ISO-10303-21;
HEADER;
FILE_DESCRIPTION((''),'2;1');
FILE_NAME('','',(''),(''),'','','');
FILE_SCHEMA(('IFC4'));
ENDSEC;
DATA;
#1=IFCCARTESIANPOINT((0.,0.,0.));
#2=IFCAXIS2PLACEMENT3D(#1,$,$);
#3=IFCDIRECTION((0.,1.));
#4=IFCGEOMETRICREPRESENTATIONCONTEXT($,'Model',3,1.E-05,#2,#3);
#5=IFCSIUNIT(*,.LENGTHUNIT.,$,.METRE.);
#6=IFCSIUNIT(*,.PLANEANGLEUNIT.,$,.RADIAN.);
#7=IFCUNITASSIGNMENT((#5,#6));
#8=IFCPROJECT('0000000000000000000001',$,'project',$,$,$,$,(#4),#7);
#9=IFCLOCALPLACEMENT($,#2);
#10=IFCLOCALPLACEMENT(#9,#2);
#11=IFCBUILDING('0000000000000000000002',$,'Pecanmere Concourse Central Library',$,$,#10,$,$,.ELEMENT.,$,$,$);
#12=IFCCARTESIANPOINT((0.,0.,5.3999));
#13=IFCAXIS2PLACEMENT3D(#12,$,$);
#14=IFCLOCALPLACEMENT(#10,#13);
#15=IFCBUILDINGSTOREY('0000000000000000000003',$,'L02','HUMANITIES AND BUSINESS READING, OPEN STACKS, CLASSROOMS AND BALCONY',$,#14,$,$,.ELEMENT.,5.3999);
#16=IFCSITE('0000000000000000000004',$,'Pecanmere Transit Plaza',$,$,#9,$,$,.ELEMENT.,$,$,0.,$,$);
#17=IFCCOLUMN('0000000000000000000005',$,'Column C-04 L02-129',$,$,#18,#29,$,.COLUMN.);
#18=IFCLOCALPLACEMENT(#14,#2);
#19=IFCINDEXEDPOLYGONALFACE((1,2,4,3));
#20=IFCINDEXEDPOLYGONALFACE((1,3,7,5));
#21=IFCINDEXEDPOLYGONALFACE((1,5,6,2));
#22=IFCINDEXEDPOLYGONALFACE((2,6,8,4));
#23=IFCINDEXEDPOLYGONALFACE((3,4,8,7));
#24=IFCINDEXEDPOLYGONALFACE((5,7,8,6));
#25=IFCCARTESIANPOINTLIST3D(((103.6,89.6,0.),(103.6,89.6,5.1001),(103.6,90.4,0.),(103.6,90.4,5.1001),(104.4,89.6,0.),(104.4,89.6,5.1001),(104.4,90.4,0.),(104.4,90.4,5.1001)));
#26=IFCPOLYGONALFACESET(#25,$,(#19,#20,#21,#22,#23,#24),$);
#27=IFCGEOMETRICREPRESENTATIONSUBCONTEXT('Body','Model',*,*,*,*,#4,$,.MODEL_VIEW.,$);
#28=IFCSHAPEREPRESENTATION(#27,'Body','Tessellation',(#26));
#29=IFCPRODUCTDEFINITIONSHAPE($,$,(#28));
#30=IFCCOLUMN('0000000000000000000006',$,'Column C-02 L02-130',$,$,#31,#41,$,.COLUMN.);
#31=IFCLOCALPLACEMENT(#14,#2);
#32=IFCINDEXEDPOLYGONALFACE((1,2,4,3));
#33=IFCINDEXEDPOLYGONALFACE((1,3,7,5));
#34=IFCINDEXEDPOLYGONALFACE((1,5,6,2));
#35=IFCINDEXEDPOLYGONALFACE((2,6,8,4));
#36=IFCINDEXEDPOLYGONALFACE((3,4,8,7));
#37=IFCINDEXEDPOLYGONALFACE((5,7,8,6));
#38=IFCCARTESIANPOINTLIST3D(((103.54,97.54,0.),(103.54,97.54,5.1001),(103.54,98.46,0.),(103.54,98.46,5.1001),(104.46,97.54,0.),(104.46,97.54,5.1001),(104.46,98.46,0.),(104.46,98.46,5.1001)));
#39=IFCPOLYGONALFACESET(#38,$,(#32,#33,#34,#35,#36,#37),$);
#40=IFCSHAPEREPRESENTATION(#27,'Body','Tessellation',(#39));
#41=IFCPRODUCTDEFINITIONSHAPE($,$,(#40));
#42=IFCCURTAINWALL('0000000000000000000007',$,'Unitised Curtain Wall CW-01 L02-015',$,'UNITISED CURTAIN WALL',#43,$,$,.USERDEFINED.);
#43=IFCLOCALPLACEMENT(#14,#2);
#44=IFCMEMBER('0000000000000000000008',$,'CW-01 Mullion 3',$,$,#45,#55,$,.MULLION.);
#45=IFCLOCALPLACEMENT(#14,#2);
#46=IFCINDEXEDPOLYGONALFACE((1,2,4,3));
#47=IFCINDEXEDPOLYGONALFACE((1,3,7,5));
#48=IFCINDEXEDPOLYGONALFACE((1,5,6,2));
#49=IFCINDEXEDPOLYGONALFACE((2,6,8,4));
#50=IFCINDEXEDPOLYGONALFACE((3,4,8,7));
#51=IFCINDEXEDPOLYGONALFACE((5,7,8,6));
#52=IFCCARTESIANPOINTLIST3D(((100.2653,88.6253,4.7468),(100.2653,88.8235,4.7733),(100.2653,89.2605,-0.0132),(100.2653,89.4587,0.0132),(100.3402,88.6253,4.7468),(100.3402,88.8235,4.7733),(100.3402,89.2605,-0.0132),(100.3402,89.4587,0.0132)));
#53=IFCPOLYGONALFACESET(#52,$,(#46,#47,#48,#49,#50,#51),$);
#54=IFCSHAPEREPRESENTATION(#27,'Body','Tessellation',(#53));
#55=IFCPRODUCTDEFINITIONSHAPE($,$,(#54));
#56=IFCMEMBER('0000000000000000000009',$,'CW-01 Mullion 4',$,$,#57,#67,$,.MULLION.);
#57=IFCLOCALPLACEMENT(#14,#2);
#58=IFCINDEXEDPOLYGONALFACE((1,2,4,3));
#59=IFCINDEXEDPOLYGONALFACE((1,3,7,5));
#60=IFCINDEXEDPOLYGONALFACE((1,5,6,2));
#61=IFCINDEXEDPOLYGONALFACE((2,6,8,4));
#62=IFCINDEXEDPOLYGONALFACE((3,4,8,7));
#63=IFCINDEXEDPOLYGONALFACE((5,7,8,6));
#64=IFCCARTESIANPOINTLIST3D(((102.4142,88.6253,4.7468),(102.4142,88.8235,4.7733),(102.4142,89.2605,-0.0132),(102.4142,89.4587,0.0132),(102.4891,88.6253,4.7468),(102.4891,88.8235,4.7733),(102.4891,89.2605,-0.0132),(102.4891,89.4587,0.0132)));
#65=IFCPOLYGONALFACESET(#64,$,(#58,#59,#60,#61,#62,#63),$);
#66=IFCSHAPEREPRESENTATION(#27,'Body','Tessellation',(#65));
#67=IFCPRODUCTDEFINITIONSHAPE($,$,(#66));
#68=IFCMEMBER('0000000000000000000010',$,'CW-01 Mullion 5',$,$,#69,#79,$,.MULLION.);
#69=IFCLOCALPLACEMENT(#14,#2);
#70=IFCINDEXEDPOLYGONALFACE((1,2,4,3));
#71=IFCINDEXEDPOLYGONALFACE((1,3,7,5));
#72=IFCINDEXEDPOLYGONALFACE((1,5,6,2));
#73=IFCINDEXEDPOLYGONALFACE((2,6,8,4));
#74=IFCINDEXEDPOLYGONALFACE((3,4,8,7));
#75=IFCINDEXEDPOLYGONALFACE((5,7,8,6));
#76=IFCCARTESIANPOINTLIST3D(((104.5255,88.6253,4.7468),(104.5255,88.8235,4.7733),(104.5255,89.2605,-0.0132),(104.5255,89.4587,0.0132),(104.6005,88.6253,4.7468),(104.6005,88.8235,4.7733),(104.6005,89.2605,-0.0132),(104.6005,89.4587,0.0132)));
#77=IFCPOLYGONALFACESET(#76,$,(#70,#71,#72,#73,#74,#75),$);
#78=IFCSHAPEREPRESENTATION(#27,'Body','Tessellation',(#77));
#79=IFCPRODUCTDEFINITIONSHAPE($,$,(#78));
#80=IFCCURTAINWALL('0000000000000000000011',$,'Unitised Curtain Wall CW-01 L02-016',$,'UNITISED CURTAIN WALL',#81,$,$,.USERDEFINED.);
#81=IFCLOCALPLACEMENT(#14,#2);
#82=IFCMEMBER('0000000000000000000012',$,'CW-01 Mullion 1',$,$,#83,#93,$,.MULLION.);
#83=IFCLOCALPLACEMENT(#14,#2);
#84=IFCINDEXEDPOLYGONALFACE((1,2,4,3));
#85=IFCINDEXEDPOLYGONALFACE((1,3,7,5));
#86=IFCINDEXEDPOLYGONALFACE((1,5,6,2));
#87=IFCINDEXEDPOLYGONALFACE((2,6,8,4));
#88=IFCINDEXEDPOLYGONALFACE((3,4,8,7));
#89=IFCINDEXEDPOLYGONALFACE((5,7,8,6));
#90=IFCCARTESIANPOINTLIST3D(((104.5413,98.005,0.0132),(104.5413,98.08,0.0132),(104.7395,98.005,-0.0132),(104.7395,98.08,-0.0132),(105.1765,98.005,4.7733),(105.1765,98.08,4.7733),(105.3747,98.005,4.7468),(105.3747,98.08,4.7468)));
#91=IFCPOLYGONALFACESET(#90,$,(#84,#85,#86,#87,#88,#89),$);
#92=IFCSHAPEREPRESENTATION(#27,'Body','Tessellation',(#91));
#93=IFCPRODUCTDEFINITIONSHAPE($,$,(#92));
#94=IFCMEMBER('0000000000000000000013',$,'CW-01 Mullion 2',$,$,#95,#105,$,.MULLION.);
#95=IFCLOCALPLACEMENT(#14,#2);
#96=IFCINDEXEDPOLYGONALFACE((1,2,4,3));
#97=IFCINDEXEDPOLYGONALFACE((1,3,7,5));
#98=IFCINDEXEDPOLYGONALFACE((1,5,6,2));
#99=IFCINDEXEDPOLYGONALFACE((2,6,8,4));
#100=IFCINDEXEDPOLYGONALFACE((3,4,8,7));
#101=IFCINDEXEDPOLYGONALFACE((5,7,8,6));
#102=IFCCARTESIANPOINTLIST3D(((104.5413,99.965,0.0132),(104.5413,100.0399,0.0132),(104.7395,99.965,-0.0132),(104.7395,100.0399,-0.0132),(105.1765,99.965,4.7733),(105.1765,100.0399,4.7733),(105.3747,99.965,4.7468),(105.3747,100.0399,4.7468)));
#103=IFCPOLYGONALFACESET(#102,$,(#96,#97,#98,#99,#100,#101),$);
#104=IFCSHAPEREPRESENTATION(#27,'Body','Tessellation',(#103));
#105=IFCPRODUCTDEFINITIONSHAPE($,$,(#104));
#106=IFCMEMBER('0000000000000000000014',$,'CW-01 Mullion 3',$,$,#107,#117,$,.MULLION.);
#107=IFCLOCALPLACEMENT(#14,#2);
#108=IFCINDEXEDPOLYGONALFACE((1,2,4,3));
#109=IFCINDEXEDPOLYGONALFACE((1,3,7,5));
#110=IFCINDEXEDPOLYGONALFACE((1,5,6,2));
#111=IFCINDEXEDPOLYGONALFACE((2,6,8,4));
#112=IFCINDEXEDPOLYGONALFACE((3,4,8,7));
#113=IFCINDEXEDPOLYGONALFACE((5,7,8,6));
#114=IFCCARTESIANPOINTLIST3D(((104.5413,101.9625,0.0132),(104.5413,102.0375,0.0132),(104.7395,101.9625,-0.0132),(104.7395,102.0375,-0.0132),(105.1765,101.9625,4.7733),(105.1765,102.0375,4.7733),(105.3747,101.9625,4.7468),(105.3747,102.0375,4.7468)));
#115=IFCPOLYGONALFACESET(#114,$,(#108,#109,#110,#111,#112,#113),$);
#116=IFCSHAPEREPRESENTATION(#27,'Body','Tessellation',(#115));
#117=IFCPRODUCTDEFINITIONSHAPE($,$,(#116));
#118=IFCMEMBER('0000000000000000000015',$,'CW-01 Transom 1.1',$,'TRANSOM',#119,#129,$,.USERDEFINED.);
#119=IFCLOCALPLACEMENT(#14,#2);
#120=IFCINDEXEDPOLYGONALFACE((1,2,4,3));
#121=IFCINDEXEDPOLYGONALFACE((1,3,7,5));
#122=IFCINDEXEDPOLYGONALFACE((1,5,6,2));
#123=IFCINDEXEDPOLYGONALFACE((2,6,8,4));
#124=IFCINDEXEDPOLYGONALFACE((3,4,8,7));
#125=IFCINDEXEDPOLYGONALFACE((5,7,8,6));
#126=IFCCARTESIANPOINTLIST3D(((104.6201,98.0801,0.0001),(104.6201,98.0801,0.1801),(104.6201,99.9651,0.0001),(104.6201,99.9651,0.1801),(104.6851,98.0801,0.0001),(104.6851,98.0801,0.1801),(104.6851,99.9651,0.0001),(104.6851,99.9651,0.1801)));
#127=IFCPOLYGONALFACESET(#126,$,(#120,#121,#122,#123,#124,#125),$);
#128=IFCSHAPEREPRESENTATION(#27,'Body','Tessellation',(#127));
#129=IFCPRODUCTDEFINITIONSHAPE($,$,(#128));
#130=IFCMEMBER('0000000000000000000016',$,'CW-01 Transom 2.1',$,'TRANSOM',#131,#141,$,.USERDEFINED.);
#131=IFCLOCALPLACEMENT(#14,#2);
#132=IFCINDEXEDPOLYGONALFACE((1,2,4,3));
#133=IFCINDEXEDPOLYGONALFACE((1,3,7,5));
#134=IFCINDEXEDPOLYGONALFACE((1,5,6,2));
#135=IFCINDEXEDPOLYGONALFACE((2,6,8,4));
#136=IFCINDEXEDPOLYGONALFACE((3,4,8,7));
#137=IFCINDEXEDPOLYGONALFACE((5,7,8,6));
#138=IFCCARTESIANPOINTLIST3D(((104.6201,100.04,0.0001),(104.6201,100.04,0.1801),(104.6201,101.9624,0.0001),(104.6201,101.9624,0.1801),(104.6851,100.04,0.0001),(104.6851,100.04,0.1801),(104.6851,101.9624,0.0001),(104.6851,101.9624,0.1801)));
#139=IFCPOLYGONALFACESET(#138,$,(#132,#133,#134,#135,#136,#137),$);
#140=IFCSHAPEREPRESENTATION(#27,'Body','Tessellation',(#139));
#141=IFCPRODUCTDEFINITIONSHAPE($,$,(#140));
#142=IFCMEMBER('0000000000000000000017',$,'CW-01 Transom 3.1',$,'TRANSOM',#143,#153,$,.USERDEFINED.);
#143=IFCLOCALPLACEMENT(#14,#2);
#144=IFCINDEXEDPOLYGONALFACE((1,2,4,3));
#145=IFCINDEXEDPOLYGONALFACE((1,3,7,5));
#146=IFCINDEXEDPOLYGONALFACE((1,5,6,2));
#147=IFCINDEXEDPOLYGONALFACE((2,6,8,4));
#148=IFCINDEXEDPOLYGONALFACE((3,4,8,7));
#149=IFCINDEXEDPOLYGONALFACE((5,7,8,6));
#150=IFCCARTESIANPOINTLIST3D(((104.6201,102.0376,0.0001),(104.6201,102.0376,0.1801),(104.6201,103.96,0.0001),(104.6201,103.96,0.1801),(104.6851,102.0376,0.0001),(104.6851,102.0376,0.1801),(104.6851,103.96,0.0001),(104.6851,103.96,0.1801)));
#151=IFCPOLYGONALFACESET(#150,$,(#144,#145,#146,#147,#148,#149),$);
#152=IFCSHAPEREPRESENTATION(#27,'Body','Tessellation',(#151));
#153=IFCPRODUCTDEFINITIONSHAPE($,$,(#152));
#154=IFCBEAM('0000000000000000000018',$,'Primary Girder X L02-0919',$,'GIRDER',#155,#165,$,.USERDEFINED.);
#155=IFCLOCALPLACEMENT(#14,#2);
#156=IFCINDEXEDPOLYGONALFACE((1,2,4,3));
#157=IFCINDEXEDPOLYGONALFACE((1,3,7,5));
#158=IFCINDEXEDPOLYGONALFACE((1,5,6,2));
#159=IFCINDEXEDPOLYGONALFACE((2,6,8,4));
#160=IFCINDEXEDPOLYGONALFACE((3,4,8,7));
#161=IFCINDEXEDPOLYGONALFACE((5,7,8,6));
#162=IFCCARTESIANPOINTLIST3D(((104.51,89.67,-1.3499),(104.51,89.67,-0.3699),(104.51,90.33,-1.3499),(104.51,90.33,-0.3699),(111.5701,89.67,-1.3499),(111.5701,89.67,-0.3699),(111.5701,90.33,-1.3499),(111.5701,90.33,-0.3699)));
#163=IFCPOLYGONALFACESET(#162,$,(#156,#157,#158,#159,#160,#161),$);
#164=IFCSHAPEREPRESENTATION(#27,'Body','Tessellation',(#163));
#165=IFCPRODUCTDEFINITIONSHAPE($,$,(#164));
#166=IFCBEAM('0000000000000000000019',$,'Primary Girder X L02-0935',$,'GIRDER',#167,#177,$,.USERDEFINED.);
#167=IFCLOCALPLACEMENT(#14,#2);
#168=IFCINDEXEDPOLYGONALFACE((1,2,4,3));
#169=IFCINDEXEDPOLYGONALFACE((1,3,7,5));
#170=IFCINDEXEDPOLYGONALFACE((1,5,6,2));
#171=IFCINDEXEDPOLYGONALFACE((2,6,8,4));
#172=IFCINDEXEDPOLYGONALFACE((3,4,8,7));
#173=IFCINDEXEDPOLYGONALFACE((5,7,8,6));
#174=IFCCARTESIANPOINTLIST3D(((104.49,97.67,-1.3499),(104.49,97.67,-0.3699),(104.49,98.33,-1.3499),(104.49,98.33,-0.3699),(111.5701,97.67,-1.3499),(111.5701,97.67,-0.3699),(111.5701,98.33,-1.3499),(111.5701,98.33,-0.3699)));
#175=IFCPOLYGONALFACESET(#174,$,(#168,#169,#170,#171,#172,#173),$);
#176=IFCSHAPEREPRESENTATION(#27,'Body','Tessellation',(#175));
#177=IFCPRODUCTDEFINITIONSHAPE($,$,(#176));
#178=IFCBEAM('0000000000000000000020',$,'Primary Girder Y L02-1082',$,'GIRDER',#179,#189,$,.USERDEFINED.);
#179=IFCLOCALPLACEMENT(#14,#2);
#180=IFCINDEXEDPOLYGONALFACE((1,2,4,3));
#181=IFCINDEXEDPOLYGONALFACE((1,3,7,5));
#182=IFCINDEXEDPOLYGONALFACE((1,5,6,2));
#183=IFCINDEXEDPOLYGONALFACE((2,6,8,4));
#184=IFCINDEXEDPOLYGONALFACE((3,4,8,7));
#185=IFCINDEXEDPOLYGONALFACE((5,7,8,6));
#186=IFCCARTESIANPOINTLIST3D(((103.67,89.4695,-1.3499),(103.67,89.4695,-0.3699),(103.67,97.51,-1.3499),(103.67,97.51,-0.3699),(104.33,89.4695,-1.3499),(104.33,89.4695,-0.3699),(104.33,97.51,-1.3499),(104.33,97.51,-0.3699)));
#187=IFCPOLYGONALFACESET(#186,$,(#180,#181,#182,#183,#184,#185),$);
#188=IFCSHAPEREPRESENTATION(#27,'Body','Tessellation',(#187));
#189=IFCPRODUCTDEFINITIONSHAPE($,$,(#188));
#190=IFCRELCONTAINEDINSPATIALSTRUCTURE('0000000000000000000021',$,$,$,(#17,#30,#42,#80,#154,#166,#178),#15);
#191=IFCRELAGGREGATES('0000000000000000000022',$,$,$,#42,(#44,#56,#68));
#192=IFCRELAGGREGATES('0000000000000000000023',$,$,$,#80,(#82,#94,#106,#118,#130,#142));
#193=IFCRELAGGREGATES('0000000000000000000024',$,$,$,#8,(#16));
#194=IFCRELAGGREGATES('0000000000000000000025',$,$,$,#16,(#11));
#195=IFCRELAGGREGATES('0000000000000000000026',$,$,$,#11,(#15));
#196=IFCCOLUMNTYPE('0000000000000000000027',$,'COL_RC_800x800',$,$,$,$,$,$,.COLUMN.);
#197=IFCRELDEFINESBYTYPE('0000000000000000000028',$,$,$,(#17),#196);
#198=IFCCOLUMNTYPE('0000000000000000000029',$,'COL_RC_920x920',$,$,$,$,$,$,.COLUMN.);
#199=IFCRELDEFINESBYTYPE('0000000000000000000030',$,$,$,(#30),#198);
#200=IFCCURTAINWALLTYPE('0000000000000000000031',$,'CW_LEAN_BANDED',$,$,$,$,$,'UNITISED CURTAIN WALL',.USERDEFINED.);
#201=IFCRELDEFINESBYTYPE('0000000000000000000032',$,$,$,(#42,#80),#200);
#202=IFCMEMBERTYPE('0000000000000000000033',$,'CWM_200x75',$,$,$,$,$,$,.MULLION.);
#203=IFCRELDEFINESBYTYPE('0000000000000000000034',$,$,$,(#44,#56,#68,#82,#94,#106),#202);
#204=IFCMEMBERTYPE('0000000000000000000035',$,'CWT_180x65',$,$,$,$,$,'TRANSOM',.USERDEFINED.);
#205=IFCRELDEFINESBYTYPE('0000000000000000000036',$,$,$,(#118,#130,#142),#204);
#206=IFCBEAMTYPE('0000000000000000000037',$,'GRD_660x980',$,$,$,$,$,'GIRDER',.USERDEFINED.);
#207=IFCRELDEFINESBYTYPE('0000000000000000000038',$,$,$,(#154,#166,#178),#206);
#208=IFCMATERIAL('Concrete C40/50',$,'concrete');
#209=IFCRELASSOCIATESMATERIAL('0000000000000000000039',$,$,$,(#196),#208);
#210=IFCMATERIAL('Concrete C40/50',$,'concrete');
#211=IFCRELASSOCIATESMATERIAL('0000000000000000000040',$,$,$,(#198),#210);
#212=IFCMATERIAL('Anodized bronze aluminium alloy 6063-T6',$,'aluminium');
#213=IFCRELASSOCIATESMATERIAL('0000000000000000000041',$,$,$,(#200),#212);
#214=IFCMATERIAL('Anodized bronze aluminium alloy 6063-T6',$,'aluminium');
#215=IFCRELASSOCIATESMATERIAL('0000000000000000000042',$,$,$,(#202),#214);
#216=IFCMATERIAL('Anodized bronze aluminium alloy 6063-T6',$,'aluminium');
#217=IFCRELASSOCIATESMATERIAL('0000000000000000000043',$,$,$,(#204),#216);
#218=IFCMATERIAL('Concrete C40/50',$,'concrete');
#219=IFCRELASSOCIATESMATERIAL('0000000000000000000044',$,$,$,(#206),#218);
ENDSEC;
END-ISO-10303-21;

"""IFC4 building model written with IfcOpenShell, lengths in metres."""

from ifc_helpers import new_model, si_unit, direction, frame, origin, origin_2d, place, context, subcontext, project, spatial, rectangle, extrude, material, material_profile, profile_set, type_object, element, aggregate, save


model = new_model("IFC4")

# Units and contexts
model_context = context("Model", 3, precision=1e-05, world=origin(), true_north=direction((0.0, 1.0)))
body_context = subcontext(model_context, "Body", "Model", "MODEL_VIEW")
ifc_project = project(units=[si_unit("LENGTHUNIT", "METRE"), si_unit("PLANEANGLEUNIT", "RADIAN")], contexts=[model_context])

# Site, building, storey
site_placement = place(None, origin())
site = spatial("IfcSite", under=ifc_project, at=site_placement, Name="Pecanmere Transit Plaza", CompositionType="ELEMENT", RefElevation=0.0)
building_placement = place(site_placement, origin())
building = spatial("IfcBuilding", under=site, at=building_placement, Name="Pecanmere Concourse Central Library", CompositionType="ELEMENT")
storey_placement = place(building_placement, frame((0.0, 0.0, 5.3999)))
storey = spatial("IfcBuildingStorey", under=building, at=storey_placement, Name="L02", Description="HUMANITIES AND BUSINESS READING, OPEN STACKS, CLASSROOMS AND BALCONY", CompositionType="ELEMENT", Elevation=5.3999)

# Columns
ifc_material_1 = material(Name="Concrete C40/50", Category="concrete")
ifc_material_profile_1 = material_profile(ifc_material_1, rectangle(XDim=0.8, YDim=0.8, at=origin_2d()), Name="RC 800x800")
ifc_profile_set_1 = profile_set([ifc_material_profile_1], Name="Concrete C40/50")
column_type_1 = type_object("IfcColumnType", Name="COL_RC_800x800", PredefinedType="COLUMN", material=ifc_profile_set_1)
column_1_placement = place(storey_placement, frame((104.0, 90.0, 0.0), z_axis=(0.0, 0.0, 1.0), x_axis=(1.0, 0.0, 0.0)))
element("IfcColumn", 1, at=column_1_placement, inside=storey, type_object=column_type_1, Name="Column C-04 L02-129", PredefinedType="COLUMN", context=body_context, shape_type="SweptSolid", body=[
    extrude(rectangle(XDim=0.8, YDim=0.8, at=origin_2d()), origin(), (0.0, 0.0, 1.0), 5.1001),
])
ifc_material_2 = material(Name="Concrete C40/50", Category="concrete")
ifc_material_profile_2 = material_profile(ifc_material_2, rectangle(XDim=0.9199, YDim=0.9199, at=origin_2d()), Name="RC 920x920")
ifc_profile_set_2 = profile_set([ifc_material_profile_2], Name="Concrete C40/50")
column_type_2 = type_object("IfcColumnType", Name="COL_RC_920x920", PredefinedType="COLUMN", material=ifc_profile_set_2)
column_2_placement = place(storey_placement, frame((104.0, 98.0, 0.0), z_axis=(0.0, 0.0, 1.0), x_axis=(1.0, 0.0, 0.0)))
element("IfcColumn", 2, at=column_2_placement, inside=storey, type_object=column_type_2, Name="Column C-02 L02-130", PredefinedType="COLUMN", context=body_context, shape_type="SweptSolid", body=[
    extrude(rectangle(XDim=0.9199, YDim=0.9199, at=origin_2d()), origin(), (0.0, 0.0, 1.0), 5.1001),
])

# Curtain walls, members
ifc_material_3 = material(Name="Anodized bronze aluminium alloy 6063-T6", Category="aluminium")
curtain_wall_type = type_object("IfcCurtainWallType", Name="CW_LEAN_BANDED", ElementType="UNITISED CURTAIN WALL", PredefinedType="USERDEFINED", material=ifc_material_3)
curtain_wall_1_placement = place(storey_placement, origin())
curtain_wall_1 = element("IfcCurtainWall", 3, at=curtain_wall_1_placement, inside=storey, type_object=curtain_wall_type, Name="Unitised Curtain Wall CW-01 L02-015", ObjectType="UNITISED CURTAIN WALL", PredefinedType="USERDEFINED")
ifc_material_4 = material(Name="Anodized bronze aluminium alloy 6063-T6", Category="aluminium")
ifc_material_profile_3 = material_profile(ifc_material_4, rectangle(XDim=0.075, YDim=0.2, at=origin_2d()), Name="AL 75x200")
ifc_profile_set_3 = profile_set([ifc_material_profile_3], Name="Anodized bronze aluminium alloy 6063-T6")
member_type_1 = type_object("IfcMemberType", Name="CWM_200x75", PredefinedType="MULLION", material=ifc_profile_set_3)
member_1_placement = place(storey_placement, frame((100.3027, 89.3596, 0.0), z_axis=(0.0, -0.132284, 0.991212), x_axis=(1.0, 0.0, 0.0)))
member_1 = element("IfcMember", 4, at=member_1_placement, type_object=member_type_1, Name="CW-01 Mullion 3", PredefinedType="MULLION", context=body_context, shape_type="SweptSolid", body=[
    extrude(rectangle(XDim=0.075, YDim=0.2, at=origin_2d()), origin(), (0.0, 0.0, 1.0), 4.8022),
])
member_2_placement = place(storey_placement, frame((102.4517, 89.3596, 0.0), z_axis=(0.0, -0.132284, 0.991212), x_axis=(1.0, 0.0, 0.0)))
member_2 = element("IfcMember", 5, at=member_2_placement, type_object=member_type_1, Name="CW-01 Mullion 4", PredefinedType="MULLION", context=body_context, shape_type="SweptSolid", body=[
    extrude(rectangle(XDim=0.075, YDim=0.2, at=origin_2d()), origin(), (0.0, 0.0, 1.0), 4.8022),
])
member_3_placement = place(storey_placement, frame((104.563, 89.3596, 0.0), z_axis=(0.0, -0.132284, 0.991212), x_axis=(1.0, 0.0, 0.0)))
member_3 = element("IfcMember", 6, at=member_3_placement, type_object=member_type_1, Name="CW-01 Mullion 5", PredefinedType="MULLION", context=body_context, shape_type="SweptSolid", body=[
    extrude(rectangle(XDim=0.075, YDim=0.2, at=origin_2d()), origin(), (0.0, 0.0, 1.0), 4.8022),
])
aggregate(curtain_wall_1, [member_1, member_2, member_3])
curtain_wall_2_placement = place(storey_placement, origin())
curtain_wall_2 = element("IfcCurtainWall", 7, at=curtain_wall_2_placement, inside=storey, type_object=curtain_wall_type, Name="Unitised Curtain Wall CW-01 L02-016", ObjectType="UNITISED CURTAIN WALL", PredefinedType="USERDEFINED")
member_4_placement = place(storey_placement, frame((104.6404, 98.0425, 0.0), z_axis=(0.132284, 0.0, 0.991212), x_axis=(0.0, 1.0, 0.0)))
member_4 = element("IfcMember", 8, at=member_4_placement, type_object=member_type_1, Name="CW-01 Mullion 1", PredefinedType="MULLION", context=body_context, shape_type="SweptSolid", body=[
    extrude(rectangle(XDim=0.075, YDim=0.2, at=origin_2d()), origin(), (0.0, 0.0, 1.0), 4.8022),
])
member_5_placement = place(storey_placement, frame((104.6404, 100.0024, 0.0), z_axis=(0.132284, 0.0, 0.991212), x_axis=(0.0, 1.0, 0.0)))
member_5 = element("IfcMember", 9, at=member_5_placement, type_object=member_type_1, Name="CW-01 Mullion 2", PredefinedType="MULLION", context=body_context, shape_type="SweptSolid", body=[
    extrude(rectangle(XDim=0.075, YDim=0.2, at=origin_2d()), origin(), (0.0, 0.0, 1.0), 4.8022),
])
member_6_placement = place(storey_placement, frame((104.6404, 102.0, 0.0), z_axis=(0.132284, 0.0, 0.991212), x_axis=(0.0, 1.0, 0.0)))
member_6 = element("IfcMember", 10, at=member_6_placement, type_object=member_type_1, Name="CW-01 Mullion 3", PredefinedType="MULLION", context=body_context, shape_type="SweptSolid", body=[
    extrude(rectangle(XDim=0.075, YDim=0.2, at=origin_2d()), origin(), (0.0, 0.0, 1.0), 4.8022),
])
ifc_material_5 = material(Name="Anodized bronze aluminium alloy 6063-T6", Category="aluminium")
ifc_material_profile_4 = material_profile(ifc_material_5, rectangle(XDim=0.0649, YDim=0.1799, at=origin_2d()), Name="AL 65x180")
ifc_profile_set_4 = profile_set([ifc_material_profile_4], Name="Anodized bronze aluminium alloy 6063-T6")
member_type_2 = type_object("IfcMemberType", Name="CWT_180x65", ElementType="TRANSOM", PredefinedType="USERDEFINED", material=ifc_profile_set_4)
member_7_placement = place(storey_placement, frame((104.6526, 98.0801, 0.0901), z_axis=(0.0, 1.0, 0.0), x_axis=(-1.0, 0.0, 0.0)))
member_7 = element("IfcMember", 11, at=member_7_placement, type_object=member_type_2, Name="CW-01 Transom 1.1", ObjectType="TRANSOM", PredefinedType="USERDEFINED", context=body_context, shape_type="SweptSolid", body=[
    extrude(rectangle(XDim=0.0649, YDim=0.1799, at=origin_2d()), origin(), (0.0, 0.0, 1.0), 1.885),
])
member_8_placement = place(storey_placement, frame((104.6526, 100.04, 0.0901), z_axis=(0.0, 1.0, 0.0), x_axis=(-1.0, 0.0, 0.0)))
member_8 = element("IfcMember", 12, at=member_8_placement, type_object=member_type_2, Name="CW-01 Transom 2.1", ObjectType="TRANSOM", PredefinedType="USERDEFINED", context=body_context, shape_type="SweptSolid", body=[
    extrude(rectangle(XDim=0.0649, YDim=0.1799, at=origin_2d()), origin(), (0.0, 0.0, 1.0), 1.9224),
])
member_9_placement = place(storey_placement, frame((104.6526, 102.0376, 0.0901), z_axis=(0.0, 1.0, 0.0), x_axis=(-1.0, 0.0, 0.0)))
member_9 = element("IfcMember", 13, at=member_9_placement, type_object=member_type_2, Name="CW-01 Transom 3.1", ObjectType="TRANSOM", PredefinedType="USERDEFINED", context=body_context, shape_type="SweptSolid", body=[
    extrude(rectangle(XDim=0.0649, YDim=0.1799, at=origin_2d()), origin(), (0.0, 0.0, 1.0), 1.9224),
])

# Beams
ifc_material_6 = material(Name="Concrete C40/50", Category="concrete")
ifc_material_profile_5 = material_profile(ifc_material_6, rectangle(XDim=0.6599, YDim=0.98, at=origin_2d()), Name="RC 660x980")
ifc_profile_set_5 = profile_set([ifc_material_profile_5], Name="Concrete C40/50")
beam_type_1 = type_object("IfcBeamType", Name="GRD_660x980", ElementType="GIRDER", PredefinedType="USERDEFINED", material=ifc_profile_set_5)
beam_1_placement = place(storey_placement, frame((104.51, 90.0, -0.8599), z_axis=(1.0, 0.0, 0.0), x_axis=(0.0, 1.0, 0.0)))
element("IfcBeam", 14, at=beam_1_placement, inside=storey, type_object=beam_type_1, Name="Primary Girder X L02-0919", ObjectType="GIRDER", PredefinedType="USERDEFINED", context=body_context, shape_type="SweptSolid", body=[
    extrude(rectangle(XDim=0.6599, YDim=0.98, at=origin_2d()), origin(), (0.0, 0.0, 1.0), 7.0601),
])
beam_2_placement = place(storey_placement, frame((104.49, 98.0, -0.8599), z_axis=(1.0, 0.0, 0.0), x_axis=(0.0, 1.0, 0.0)))
element("IfcBeam", 15, at=beam_2_placement, inside=storey, type_object=beam_type_1, Name="Primary Girder X L02-0935", ObjectType="GIRDER", PredefinedType="USERDEFINED", context=body_context, shape_type="SweptSolid", body=[
    extrude(rectangle(XDim=0.6599, YDim=0.98, at=origin_2d()), origin(), (0.0, 0.0, 1.0), 7.0801),
])
beam_3_placement = place(storey_placement, frame((104.0, 89.4695, -0.8599), z_axis=(0.0, 1.0, 0.0), x_axis=(-1.0, 0.0, 0.0)))
element("IfcBeam", 16, at=beam_3_placement, inside=storey, type_object=beam_type_1, Name="Primary Girder Y L02-1082", ObjectType="GIRDER", PredefinedType="USERDEFINED", context=body_context, shape_type="SweptSolid", body=[
    extrude(rectangle(XDim=0.6599, YDim=0.98, at=origin_2d()), origin(), (0.0, 0.0, 1.0), 8.0405),
])

aggregate(curtain_wall_2, [member_4, member_5, member_6, member_7, member_8, member_9])

save(model, "model.ifc")
